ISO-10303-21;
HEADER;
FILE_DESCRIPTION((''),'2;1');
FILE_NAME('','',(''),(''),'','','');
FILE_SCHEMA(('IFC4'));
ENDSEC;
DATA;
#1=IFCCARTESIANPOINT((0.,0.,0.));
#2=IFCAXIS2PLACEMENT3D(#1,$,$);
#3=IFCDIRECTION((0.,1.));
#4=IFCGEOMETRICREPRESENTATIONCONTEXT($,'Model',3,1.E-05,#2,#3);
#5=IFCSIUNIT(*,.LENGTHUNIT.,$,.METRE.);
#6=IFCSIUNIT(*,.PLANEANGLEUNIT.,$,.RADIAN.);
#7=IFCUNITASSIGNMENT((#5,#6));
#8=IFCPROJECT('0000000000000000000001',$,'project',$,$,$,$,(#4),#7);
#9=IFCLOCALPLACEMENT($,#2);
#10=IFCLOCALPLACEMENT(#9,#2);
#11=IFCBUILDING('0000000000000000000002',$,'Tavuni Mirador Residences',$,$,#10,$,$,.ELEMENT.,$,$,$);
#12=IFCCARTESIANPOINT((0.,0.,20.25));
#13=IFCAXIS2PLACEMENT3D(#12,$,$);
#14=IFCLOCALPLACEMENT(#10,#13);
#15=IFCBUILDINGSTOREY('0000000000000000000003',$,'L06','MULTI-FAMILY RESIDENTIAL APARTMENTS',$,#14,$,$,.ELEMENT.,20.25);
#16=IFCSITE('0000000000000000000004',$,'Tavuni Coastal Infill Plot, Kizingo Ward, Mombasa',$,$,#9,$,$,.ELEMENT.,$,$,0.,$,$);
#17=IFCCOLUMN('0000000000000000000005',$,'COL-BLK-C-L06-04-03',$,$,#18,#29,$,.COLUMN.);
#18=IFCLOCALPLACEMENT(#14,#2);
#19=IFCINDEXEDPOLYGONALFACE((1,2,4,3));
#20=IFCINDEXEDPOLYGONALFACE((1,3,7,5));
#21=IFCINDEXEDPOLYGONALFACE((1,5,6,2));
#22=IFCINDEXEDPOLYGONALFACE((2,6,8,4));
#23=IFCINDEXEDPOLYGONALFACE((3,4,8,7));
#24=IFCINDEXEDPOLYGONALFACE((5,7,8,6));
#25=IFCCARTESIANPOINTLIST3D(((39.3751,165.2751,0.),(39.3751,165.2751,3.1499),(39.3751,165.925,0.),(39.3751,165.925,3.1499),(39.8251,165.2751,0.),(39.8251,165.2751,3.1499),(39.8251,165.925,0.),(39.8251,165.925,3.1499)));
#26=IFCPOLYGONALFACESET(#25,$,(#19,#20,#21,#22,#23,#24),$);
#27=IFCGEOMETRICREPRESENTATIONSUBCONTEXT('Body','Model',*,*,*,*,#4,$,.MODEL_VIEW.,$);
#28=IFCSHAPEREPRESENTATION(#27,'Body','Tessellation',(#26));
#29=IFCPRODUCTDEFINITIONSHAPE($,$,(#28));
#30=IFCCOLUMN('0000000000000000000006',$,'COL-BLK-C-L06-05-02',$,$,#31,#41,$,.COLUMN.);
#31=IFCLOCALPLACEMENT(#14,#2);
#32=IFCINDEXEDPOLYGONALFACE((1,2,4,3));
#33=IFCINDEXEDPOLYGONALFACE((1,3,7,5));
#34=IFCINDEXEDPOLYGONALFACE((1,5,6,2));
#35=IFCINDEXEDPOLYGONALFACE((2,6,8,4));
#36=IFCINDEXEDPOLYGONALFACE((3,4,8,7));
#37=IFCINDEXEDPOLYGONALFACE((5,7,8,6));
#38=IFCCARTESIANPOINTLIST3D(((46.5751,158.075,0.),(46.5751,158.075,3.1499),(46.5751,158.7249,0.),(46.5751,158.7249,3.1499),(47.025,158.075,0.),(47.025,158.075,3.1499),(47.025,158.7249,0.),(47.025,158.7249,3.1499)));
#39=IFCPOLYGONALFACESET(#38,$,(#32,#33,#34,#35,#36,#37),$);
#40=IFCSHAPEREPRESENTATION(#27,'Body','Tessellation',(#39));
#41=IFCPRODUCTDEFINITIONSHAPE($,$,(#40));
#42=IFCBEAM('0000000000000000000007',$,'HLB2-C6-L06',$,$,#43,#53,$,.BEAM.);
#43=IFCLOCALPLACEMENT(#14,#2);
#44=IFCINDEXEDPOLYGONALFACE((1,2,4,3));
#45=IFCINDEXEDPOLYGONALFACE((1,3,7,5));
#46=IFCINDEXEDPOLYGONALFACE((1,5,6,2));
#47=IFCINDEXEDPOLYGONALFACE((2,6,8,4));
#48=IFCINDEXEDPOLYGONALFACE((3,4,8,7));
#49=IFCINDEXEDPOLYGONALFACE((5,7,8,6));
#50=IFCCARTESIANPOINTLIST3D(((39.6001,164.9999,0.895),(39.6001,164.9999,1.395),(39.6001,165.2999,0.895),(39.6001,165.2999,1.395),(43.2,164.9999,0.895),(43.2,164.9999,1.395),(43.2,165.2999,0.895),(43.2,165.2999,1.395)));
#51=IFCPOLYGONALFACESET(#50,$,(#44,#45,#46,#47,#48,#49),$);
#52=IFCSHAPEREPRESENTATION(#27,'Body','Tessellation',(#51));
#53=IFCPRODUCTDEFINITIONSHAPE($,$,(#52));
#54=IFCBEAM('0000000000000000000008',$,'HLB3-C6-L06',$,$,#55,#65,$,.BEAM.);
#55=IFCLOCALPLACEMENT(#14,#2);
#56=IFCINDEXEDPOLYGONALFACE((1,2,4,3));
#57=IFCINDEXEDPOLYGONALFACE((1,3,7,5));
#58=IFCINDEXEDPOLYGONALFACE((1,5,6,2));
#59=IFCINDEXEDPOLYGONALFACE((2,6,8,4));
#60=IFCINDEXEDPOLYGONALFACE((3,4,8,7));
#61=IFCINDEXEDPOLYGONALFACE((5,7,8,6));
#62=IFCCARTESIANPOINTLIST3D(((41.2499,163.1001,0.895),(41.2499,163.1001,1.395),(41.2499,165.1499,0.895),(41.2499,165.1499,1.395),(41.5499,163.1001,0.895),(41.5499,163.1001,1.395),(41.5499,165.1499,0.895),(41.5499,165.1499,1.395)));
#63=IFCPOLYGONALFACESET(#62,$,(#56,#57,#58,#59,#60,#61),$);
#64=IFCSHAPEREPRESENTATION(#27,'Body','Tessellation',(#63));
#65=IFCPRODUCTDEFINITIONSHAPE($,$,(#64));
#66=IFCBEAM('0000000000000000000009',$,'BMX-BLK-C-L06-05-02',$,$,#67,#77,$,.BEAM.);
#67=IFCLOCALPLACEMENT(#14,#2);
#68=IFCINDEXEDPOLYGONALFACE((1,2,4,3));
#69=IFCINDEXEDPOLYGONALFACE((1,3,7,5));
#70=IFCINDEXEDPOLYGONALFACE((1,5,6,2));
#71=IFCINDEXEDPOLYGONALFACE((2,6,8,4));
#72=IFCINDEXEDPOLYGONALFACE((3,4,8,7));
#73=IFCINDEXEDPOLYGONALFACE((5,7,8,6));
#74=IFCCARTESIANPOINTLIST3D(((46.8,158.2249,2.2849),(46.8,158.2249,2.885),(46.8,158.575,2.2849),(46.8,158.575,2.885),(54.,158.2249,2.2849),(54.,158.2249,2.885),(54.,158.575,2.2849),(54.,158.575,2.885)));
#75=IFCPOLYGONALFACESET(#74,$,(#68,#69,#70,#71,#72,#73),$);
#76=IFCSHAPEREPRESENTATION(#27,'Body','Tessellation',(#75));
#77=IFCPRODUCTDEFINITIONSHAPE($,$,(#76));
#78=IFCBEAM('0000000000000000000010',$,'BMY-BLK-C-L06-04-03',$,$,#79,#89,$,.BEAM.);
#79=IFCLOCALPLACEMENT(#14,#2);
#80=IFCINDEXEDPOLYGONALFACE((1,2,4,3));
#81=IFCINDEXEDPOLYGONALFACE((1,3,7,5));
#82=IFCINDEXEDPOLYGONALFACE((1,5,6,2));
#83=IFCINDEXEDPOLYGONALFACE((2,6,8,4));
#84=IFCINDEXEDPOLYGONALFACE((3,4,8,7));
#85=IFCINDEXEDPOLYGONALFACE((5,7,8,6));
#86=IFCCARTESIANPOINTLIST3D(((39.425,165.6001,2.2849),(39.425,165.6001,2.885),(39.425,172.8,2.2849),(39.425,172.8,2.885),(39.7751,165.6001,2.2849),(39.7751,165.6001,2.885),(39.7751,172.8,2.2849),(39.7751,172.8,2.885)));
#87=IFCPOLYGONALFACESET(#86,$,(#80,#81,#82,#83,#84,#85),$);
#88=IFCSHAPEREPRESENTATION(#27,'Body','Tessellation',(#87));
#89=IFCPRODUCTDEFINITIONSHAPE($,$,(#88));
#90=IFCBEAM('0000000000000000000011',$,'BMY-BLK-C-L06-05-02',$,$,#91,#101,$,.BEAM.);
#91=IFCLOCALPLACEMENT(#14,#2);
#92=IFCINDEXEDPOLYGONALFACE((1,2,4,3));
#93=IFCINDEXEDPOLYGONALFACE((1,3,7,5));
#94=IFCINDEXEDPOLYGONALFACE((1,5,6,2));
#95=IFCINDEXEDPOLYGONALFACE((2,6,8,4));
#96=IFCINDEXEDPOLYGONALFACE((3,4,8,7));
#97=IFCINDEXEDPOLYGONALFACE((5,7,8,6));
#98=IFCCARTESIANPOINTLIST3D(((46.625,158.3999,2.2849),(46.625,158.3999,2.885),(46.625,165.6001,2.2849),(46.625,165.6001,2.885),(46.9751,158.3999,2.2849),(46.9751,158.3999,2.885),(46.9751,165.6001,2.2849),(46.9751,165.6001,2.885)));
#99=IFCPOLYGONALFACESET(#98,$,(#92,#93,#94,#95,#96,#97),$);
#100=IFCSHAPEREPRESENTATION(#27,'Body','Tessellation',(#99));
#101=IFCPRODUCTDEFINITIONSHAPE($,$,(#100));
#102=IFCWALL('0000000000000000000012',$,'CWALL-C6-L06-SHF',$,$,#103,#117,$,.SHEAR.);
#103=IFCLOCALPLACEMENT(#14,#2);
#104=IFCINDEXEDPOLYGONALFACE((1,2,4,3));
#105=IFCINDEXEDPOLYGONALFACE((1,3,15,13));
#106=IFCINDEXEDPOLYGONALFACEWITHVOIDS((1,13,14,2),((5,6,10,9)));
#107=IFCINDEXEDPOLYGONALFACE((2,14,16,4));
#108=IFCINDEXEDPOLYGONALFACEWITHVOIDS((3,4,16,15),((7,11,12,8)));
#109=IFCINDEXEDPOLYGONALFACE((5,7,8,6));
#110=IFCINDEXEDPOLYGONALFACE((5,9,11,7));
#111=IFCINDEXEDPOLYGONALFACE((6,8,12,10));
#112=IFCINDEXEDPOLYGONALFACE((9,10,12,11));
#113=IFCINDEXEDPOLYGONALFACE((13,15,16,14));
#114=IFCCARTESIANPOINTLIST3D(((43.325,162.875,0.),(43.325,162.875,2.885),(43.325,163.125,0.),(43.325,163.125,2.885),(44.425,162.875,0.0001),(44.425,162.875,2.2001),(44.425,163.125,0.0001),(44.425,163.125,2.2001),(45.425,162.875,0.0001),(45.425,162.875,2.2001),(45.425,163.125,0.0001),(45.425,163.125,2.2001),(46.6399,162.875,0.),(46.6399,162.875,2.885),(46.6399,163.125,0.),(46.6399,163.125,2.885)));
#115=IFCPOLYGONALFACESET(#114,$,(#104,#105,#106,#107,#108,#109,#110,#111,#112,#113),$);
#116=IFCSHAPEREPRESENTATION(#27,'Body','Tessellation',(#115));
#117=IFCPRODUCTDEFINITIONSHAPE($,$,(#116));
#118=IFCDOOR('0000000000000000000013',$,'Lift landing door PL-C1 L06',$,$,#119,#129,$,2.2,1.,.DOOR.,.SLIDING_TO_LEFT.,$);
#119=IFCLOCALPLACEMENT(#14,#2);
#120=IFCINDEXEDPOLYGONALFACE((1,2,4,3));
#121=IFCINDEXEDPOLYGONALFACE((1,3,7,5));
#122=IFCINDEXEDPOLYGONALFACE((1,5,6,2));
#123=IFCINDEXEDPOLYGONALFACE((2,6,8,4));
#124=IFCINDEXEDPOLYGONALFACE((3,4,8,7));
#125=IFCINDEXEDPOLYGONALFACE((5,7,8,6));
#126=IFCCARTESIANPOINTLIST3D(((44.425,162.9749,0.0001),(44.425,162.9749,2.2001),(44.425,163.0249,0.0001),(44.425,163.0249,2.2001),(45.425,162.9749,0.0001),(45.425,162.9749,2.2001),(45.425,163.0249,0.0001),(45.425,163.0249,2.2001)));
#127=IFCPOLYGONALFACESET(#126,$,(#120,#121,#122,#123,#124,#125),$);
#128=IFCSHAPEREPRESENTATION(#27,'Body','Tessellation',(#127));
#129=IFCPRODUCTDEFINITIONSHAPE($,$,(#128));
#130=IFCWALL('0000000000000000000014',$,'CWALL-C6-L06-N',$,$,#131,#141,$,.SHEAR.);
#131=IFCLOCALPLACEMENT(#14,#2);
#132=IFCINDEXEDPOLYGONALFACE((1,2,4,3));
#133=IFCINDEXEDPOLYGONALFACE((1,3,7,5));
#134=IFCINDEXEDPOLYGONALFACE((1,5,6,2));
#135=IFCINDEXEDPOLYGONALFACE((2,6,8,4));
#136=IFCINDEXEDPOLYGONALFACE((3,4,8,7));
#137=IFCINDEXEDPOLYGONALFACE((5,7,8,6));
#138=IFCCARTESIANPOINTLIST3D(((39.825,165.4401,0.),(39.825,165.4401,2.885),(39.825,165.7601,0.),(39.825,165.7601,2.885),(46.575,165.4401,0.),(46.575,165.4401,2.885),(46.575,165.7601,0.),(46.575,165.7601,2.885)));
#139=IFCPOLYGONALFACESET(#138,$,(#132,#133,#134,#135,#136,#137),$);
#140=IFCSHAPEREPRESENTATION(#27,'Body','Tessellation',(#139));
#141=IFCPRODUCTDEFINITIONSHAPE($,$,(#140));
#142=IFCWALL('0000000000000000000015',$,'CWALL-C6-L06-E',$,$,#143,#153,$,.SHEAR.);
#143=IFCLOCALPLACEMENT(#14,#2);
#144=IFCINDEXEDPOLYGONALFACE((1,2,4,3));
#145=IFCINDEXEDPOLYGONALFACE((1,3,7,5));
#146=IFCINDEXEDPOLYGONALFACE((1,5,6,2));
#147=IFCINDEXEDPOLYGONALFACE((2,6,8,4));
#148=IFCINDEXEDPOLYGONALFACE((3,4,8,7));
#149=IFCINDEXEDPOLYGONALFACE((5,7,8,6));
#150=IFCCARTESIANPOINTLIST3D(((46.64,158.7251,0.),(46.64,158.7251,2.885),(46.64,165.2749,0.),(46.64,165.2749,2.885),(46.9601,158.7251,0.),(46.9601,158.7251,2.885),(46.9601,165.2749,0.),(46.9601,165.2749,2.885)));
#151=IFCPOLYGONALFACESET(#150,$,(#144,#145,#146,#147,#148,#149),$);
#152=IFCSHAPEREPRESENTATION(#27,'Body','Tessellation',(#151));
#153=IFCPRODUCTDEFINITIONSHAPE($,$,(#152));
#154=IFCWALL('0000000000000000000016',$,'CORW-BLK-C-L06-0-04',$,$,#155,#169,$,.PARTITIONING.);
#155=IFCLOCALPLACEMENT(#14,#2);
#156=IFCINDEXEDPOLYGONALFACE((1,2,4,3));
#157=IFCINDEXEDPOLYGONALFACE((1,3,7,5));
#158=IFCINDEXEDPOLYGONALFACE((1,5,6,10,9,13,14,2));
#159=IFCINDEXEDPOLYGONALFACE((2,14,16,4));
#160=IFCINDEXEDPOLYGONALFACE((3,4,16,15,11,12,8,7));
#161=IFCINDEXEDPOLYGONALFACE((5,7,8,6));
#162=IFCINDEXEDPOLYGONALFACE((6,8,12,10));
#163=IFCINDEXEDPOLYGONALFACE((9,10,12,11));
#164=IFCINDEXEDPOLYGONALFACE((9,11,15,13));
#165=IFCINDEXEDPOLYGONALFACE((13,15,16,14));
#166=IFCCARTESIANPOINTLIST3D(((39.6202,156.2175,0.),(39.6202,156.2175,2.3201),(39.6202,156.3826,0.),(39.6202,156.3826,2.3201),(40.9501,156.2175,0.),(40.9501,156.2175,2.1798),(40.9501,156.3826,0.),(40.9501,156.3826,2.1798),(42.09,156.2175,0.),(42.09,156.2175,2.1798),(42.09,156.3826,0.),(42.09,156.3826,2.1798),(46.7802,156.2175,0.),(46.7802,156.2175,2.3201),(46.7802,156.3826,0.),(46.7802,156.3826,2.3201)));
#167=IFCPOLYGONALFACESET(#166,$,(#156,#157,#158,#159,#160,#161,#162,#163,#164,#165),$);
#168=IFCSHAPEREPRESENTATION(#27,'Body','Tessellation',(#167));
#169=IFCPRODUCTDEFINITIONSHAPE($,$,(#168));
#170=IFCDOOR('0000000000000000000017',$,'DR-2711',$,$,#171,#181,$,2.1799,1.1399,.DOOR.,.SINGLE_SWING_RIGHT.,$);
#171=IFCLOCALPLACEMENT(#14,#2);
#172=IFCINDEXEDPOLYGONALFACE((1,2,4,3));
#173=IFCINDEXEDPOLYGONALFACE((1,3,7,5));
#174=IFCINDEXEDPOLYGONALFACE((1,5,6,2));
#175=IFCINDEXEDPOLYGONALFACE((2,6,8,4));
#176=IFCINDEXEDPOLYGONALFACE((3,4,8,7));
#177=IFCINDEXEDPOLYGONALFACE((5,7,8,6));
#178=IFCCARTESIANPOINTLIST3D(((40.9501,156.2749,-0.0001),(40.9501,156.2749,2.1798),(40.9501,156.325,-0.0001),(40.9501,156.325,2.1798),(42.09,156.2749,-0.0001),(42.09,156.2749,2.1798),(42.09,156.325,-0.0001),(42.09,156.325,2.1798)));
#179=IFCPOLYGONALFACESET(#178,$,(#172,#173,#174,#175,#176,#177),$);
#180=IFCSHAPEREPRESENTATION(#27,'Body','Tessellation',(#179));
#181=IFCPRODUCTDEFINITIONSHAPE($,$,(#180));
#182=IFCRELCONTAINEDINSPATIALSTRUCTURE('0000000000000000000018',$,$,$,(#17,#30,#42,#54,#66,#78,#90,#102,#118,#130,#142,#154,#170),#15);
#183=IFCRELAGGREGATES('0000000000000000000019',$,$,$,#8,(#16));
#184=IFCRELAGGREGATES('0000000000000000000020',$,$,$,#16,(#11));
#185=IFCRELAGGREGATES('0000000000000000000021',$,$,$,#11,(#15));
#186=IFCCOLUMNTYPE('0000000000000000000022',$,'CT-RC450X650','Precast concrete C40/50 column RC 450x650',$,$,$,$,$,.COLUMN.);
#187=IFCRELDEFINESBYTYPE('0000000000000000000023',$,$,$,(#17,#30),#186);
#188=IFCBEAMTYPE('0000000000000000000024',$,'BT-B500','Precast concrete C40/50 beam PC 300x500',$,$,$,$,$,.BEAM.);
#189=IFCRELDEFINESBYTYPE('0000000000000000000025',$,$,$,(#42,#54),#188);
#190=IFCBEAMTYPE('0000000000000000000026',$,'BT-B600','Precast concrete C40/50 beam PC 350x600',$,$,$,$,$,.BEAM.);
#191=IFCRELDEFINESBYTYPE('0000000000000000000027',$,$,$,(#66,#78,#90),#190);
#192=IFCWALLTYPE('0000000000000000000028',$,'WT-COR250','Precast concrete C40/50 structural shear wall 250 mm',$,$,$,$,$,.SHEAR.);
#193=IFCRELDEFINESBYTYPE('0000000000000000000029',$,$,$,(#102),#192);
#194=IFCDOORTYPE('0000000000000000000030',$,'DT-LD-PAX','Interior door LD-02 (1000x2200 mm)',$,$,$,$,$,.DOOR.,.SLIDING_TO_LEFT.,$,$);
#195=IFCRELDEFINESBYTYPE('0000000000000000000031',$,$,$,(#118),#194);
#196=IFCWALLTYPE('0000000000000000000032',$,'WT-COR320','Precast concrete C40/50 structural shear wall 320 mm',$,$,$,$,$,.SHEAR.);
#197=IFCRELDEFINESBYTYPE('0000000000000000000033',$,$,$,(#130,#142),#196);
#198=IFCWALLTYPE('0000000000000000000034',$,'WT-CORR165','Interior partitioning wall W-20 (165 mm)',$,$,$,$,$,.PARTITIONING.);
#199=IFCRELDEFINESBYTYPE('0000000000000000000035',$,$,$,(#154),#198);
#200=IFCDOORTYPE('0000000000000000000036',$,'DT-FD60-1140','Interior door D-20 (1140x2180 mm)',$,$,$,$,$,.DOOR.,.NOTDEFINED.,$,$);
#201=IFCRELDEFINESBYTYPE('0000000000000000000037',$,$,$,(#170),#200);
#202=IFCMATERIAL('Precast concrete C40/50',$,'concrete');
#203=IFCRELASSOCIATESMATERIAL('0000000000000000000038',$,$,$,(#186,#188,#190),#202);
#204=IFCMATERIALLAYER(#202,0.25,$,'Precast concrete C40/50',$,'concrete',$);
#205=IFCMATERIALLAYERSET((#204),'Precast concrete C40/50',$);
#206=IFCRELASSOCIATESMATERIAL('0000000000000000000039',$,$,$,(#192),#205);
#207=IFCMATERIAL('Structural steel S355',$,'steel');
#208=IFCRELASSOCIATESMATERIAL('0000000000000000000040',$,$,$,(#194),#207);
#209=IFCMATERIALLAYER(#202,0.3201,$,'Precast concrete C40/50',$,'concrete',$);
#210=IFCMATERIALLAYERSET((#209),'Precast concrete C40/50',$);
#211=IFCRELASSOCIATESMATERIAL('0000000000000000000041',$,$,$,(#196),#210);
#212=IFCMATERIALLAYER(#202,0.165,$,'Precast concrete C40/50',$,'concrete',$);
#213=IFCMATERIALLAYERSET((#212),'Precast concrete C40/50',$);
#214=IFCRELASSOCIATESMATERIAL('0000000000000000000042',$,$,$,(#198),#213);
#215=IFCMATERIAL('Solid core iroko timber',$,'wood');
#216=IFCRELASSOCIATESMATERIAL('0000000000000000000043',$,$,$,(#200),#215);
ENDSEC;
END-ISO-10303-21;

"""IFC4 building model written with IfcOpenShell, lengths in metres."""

from ifc_helpers import new_model, si_unit, direction, frame, frame_2d, origin, origin_2d, place, context, subcontext, project, spatial, rectangle, extrude, material, layer, layer_set, material_profile, profile_set, type_object, element, fill, save


model = new_model("IFC4")

# Units and contexts
model_context = context("Model", 3, precision=1e-05, world=origin(), true_north=direction((0.0, 1.0)))
body_context = subcontext(model_context, "Body", "Model", "MODEL_VIEW")
ifc_project = project(units=[si_unit("LENGTHUNIT", "METRE"), si_unit("PLANEANGLEUNIT", "RADIAN")], contexts=[model_context])

# Site, building, storey
site_placement = place(None, origin())
site = spatial("IfcSite", under=ifc_project, at=site_placement, Name="Tavuni Coastal Infill Plot, Kizingo Ward, Mombasa", CompositionType="ELEMENT", RefElevation=0.0)
building_placement = place(site_placement, origin())
building = spatial("IfcBuilding", under=site, at=building_placement, Name="Tavuni Mirador Residences", CompositionType="ELEMENT")
storey_placement = place(building_placement, frame((0.0, 0.0, 20.25)))
storey = spatial("IfcBuildingStorey", under=building, at=storey_placement, Name="L06", Description="MULTI-FAMILY RESIDENTIAL APARTMENTS", CompositionType="ELEMENT", Elevation=20.25)

# Columns
ifc_material_1 = material(Name="Precast concrete C40/50", Category="concrete")
ifc_material_profile_1 = material_profile(ifc_material_1, rectangle(XDim=0.45, YDim=0.6499, at=origin_2d()), Name="RC 450x650", Category="concrete")
ifc_profile_set_1 = profile_set([ifc_material_profile_1], Name="Precast concrete C40/50")
column_type = type_object("IfcColumnType", Name="CT-RC450X650", Description="Precast concrete C40/50 column RC 450x650", PredefinedType="COLUMN", material=ifc_profile_set_1)
for number, where, z_axis, x_axis, name in (
    (1, (39.6001, 165.6001, 0.0), (0.0, 0.0, 1.0), (1.0, 0.0, 0.0), "COL-BLK-C-L06-04-03"),
    (2, (46.8, 158.3999, 0.0), (0.0, 0.0, 1.0), (1.0, 0.0, 0.0), "COL-BLK-C-L06-05-02"),
):
    element("IfcColumn", number, at=place(storey_placement, frame(where, z_axis=z_axis, x_axis=x_axis)), inside=storey, type_object=column_type, Name=name, PredefinedType="COLUMN", context=body_context, shape_type="SweptSolid", body=[
        extrude(rectangle(XDim=0.45, YDim=0.6499, at=origin_2d()), origin(), (0.0, 0.0, 1.0), 3.1499),
    ])

# Beams
ifc_material_profile_2 = material_profile(ifc_material_1, rectangle(XDim=0.3, YDim=0.5, at=origin_2d()), Name="PC 300x500", Category="concrete")
ifc_profile_set_2 = profile_set([ifc_material_profile_2], Name="Precast concrete C40/50")
beam_type_1 = type_object("IfcBeamType", Name="BT-B500", Description="Precast concrete C40/50 beam PC 300x500", PredefinedType="BEAM", material=ifc_profile_set_2)
beam_1_placement = place(storey_placement, frame((39.6001, 165.1499, 1.145), z_axis=(1.0, 0.0, 0.0), x_axis=(0.0, 1.0, 0.0)))
element("IfcBeam", 3, at=beam_1_placement, inside=storey, type_object=beam_type_1, Name="HLB2-C6-L06", PredefinedType="BEAM", context=body_context, shape_type="SweptSolid", body=[
    extrude(rectangle(XDim=0.3, YDim=0.5, at=origin_2d()), origin(), (0.0, 0.0, 1.0), 3.5999),
])
beam_2_placement = place(storey_placement, frame((41.3999, 163.1001, 1.145), z_axis=(0.0, 1.0, 0.0), x_axis=(-1.0, 0.0, 0.0)))
element("IfcBeam", 4, at=beam_2_placement, inside=storey, type_object=beam_type_1, Name="HLB3-C6-L06", PredefinedType="BEAM", context=body_context, shape_type="SweptSolid", body=[
    extrude(rectangle(XDim=0.3, YDim=0.5, at=origin_2d()), origin(), (0.0, 0.0, 1.0), 2.0498),
])
ifc_material_profile_3 = material_profile(ifc_material_1, rectangle(XDim=0.3501, YDim=0.6001, at=origin_2d()), Name="PC 350x600", Category="concrete")
ifc_profile_set_3 = profile_set([ifc_material_profile_3], Name="Precast concrete C40/50")
beam_type_2 = type_object("IfcBeamType", Name="BT-B600", Description="Precast concrete C40/50 beam PC 350x600", PredefinedType="BEAM", material=ifc_profile_set_3)
for number, where, z_axis, x_axis, name in (
    (5, (46.8, 158.3999, 2.585), (1.0, 0.0, 0.0), (0.0, 1.0, 0.0), "BMX-BLK-C-L06-05-02"),
    (6, (39.6001, 165.6001, 2.585), (0.0, 1.0, 0.0), (-1.0, 0.0, 0.0), "BMY-BLK-C-L06-04-03"),
):
    element("IfcBeam", number, at=place(storey_placement, frame(where, z_axis=z_axis, x_axis=x_axis)), inside=storey, type_object=beam_type_2, Name=name, PredefinedType="BEAM", context=body_context, shape_type="SweptSolid", body=[
        extrude(rectangle(XDim=0.3501, YDim=0.6001, at=origin_2d()), origin(), (0.0, 0.0, 1.0), 7.2),
    ])
beam_3_placement = place(storey_placement, frame((46.8, 158.3999, 2.585), z_axis=(0.0, 1.0, 0.0), x_axis=(-1.0, 0.0, 0.0)))
element("IfcBeam", 7, at=beam_3_placement, inside=storey, type_object=beam_type_2, Name="BMY-BLK-C-L06-05-02", PredefinedType="BEAM", context=body_context, shape_type="SweptSolid", body=[
    extrude(rectangle(XDim=0.3501, YDim=0.6001, at=origin_2d()), origin(), (0.0, 0.0, 1.0), 7.2002),
])

# Wall, opening, door
ifc_layer_1 = layer(ifc_material_1, 0.25, Name="Precast concrete C40/50", Category="concrete")
ifc_layer_set_1 = layer_set([ifc_layer_1], Name="Precast concrete C40/50")
wall_type_1 = type_object("IfcWallType", Name="WT-COR250", Description="Precast concrete C40/50 structural shear wall 250 mm", PredefinedType="SHEAR", material=ifc_layer_set_1)
ifc_material_2 = material(Name="Solid core iroko timber", Category="wood")
wall_1_placement = place(storey_placement, frame((43.325, 163.0, 0.0), z_axis=(0.0, 0.0, 1.0), x_axis=(1.0, 0.0, 0.0)))
wall_1 = element("IfcWall", 8, at=wall_1_placement, inside=storey, type_object=wall_type_1, Name="CWALL-C6-L06-SHF", PredefinedType="SHEAR", context=body_context, shape_type="SweptSolid", body=[
    extrude(rectangle(XDim=3.3149, YDim=0.25, at=frame_2d((1.6575, 0.0))), origin(), (0.0, 0.0, 1.0), 2.885),
])
opening_1_placement = place(wall_1_placement, frame((1.1001, 0.0, 0.0)))
opening_1 = element("IfcOpeningElement", 9, at=opening_1_placement, cuts=wall_1, PredefinedType="OPENING", context=body_context, shape_type="SweptSolid", body=[
    extrude(rectangle(XDim=1.0, YDim=2.2, at=frame_2d((0.5, 1.1001))), frame((0.0, 0.135, 0.0), z_axis=(0.0, -1.0, 0.0), x_axis=(1.0, 0.0, 0.0)), (0.0, 0.0, 1.0), 0.27),
])
ifc_material_3 = material(Name="Structural steel S355", Category="steel")
door_type_1 = type_object("IfcDoorType", Name="DT-LD-PAX", Description="Interior door LD-02 (1000x2200 mm)", OperationType="SLIDING_TO_LEFT", PredefinedType="DOOR", material=ifc_material_3)
door_1_placement = place(opening_1_placement, origin())
door_1 = element("IfcDoor", 10, at=door_1_placement, inside=storey, type_object=door_type_1, Name="Lift landing door PL-C1 L06", OperationType="SLIDING_TO_LEFT", OverallHeight=2.2, OverallWidth=1.0, PredefinedType="DOOR", context=body_context, shape_type="SweptSolid", body=[
    extrude(rectangle(XDim=1.0, YDim=2.2, at=frame_2d((0.5, 1.1001))), frame((0.0, 0.0249, 0.0), z_axis=(0.0, -1.0, 0.0), x_axis=(1.0, 0.0, 0.0)), (0.0, 0.0, 1.0), 0.05),
])
fill(opening_1, door_1)

# Walls
ifc_layer_2 = layer(ifc_material_1, 0.3201, Name="Precast concrete C40/50", Category="concrete")
ifc_layer_set_2 = layer_set([ifc_layer_2], Name="Precast concrete C40/50")
wall_type_2 = type_object("IfcWallType", Name="WT-COR320", Description="Precast concrete C40/50 structural shear wall 320 mm", PredefinedType="SHEAR", material=ifc_layer_set_2)
wall_2_placement = place(storey_placement, frame((39.825, 165.6001, 0.0), z_axis=(0.0, 0.0, 1.0), x_axis=(1.0, 0.0, 0.0)))
element("IfcWall", 11, at=wall_2_placement, inside=storey, type_object=wall_type_2, Name="CWALL-C6-L06-N", PredefinedType="SHEAR", context=body_context, shape_type="SweptSolid", body=[
    extrude(rectangle(XDim=6.75, YDim=0.3201, at=frame_2d((3.375, 0.0))), origin(), (0.0, 0.0, 1.0), 2.885),
])
wall_3_placement = place(storey_placement, frame((46.8, 158.7251, 0.0), z_axis=(0.0, 0.0, 1.0), x_axis=(0.0, 1.0, 0.0)))
element("IfcWall", 12, at=wall_3_placement, inside=storey, type_object=wall_type_2, Name="CWALL-C6-L06-E", PredefinedType="SHEAR", context=body_context, shape_type="SweptSolid", body=[
    extrude(rectangle(XDim=6.5498, YDim=0.3201, at=frame_2d((3.2749, 0.0))), origin(), (0.0, 0.0, 1.0), 2.885),
])

# Wall, opening, door
ifc_layer_3 = layer(ifc_material_1, 0.165, Name="Precast concrete C40/50", Category="concrete")
ifc_layer_set_3 = layer_set([ifc_layer_3], Name="Precast concrete C40/50")
wall_type_3 = type_object("IfcWallType", Name="WT-CORR165", Description="Interior partitioning wall W-20 (165 mm)", PredefinedType="PARTITIONING", material=ifc_layer_set_3)
wall_4_placement = place(storey_placement, frame((39.6201, 156.3, 0.0), z_axis=(0.0, 0.0, 1.0), x_axis=(1.0, 0.0, 0.0)))
wall_4 = element("IfcWall", 13, at=wall_4_placement, inside=storey, type_object=wall_type_3, Name="CORW-BLK-C-L06-0-04", PredefinedType="PARTITIONING", context=body_context, shape_type="SweptSolid", body=[
    extrude(rectangle(XDim=7.1599, YDim=0.165, at=frame_2d((3.5801, 0.0))), origin(), (0.0, 0.0, 1.0), 2.3201),
])
opening_2_placement = place(wall_4_placement, frame((1.3301, 0.0, 0.0)))
opening_2 = element("IfcOpeningElement", 14, at=opening_2_placement, cuts=wall_4, PredefinedType="OPENING", context=body_context, shape_type="SweptSolid", body=[
    extrude(rectangle(XDim=1.1399, YDim=2.1799, at=frame_2d((0.5698, 1.0898))), frame((0.0, 0.0925, 0.0), z_axis=(0.0, -1.0, 0.0), x_axis=(1.0, 0.0, 0.0)), (0.0, 0.0, 1.0), 0.1851),
])
door_type_2 = type_object("IfcDoorType", Name="DT-FD60-1140", Description="Interior door D-20 (1140x2180 mm)", OperationType="NOTDEFINED", PredefinedType="DOOR", material=ifc_material_2)
door_2_placement = place(opening_2_placement, origin())
door_2 = element("IfcDoor", 15, at=door_2_placement, inside=storey, type_object=door_type_2, Name="DR-2711", OperationType="SINGLE_SWING_RIGHT", OverallHeight=2.1799, OverallWidth=1.1399, PredefinedType="DOOR", context=body_context, shape_type="SweptSolid", body=[
    extrude(rectangle(XDim=1.1399, YDim=2.1799, at=frame_2d((0.5698, 1.0898))), frame((0.0, 0.0249, 0.0), z_axis=(0.0, -1.0, 0.0), x_axis=(1.0, 0.0, 0.0)), (0.0, 0.0, 1.0), 0.05),
])
fill(opening_2, door_2)

save(model, "model.ifc")
